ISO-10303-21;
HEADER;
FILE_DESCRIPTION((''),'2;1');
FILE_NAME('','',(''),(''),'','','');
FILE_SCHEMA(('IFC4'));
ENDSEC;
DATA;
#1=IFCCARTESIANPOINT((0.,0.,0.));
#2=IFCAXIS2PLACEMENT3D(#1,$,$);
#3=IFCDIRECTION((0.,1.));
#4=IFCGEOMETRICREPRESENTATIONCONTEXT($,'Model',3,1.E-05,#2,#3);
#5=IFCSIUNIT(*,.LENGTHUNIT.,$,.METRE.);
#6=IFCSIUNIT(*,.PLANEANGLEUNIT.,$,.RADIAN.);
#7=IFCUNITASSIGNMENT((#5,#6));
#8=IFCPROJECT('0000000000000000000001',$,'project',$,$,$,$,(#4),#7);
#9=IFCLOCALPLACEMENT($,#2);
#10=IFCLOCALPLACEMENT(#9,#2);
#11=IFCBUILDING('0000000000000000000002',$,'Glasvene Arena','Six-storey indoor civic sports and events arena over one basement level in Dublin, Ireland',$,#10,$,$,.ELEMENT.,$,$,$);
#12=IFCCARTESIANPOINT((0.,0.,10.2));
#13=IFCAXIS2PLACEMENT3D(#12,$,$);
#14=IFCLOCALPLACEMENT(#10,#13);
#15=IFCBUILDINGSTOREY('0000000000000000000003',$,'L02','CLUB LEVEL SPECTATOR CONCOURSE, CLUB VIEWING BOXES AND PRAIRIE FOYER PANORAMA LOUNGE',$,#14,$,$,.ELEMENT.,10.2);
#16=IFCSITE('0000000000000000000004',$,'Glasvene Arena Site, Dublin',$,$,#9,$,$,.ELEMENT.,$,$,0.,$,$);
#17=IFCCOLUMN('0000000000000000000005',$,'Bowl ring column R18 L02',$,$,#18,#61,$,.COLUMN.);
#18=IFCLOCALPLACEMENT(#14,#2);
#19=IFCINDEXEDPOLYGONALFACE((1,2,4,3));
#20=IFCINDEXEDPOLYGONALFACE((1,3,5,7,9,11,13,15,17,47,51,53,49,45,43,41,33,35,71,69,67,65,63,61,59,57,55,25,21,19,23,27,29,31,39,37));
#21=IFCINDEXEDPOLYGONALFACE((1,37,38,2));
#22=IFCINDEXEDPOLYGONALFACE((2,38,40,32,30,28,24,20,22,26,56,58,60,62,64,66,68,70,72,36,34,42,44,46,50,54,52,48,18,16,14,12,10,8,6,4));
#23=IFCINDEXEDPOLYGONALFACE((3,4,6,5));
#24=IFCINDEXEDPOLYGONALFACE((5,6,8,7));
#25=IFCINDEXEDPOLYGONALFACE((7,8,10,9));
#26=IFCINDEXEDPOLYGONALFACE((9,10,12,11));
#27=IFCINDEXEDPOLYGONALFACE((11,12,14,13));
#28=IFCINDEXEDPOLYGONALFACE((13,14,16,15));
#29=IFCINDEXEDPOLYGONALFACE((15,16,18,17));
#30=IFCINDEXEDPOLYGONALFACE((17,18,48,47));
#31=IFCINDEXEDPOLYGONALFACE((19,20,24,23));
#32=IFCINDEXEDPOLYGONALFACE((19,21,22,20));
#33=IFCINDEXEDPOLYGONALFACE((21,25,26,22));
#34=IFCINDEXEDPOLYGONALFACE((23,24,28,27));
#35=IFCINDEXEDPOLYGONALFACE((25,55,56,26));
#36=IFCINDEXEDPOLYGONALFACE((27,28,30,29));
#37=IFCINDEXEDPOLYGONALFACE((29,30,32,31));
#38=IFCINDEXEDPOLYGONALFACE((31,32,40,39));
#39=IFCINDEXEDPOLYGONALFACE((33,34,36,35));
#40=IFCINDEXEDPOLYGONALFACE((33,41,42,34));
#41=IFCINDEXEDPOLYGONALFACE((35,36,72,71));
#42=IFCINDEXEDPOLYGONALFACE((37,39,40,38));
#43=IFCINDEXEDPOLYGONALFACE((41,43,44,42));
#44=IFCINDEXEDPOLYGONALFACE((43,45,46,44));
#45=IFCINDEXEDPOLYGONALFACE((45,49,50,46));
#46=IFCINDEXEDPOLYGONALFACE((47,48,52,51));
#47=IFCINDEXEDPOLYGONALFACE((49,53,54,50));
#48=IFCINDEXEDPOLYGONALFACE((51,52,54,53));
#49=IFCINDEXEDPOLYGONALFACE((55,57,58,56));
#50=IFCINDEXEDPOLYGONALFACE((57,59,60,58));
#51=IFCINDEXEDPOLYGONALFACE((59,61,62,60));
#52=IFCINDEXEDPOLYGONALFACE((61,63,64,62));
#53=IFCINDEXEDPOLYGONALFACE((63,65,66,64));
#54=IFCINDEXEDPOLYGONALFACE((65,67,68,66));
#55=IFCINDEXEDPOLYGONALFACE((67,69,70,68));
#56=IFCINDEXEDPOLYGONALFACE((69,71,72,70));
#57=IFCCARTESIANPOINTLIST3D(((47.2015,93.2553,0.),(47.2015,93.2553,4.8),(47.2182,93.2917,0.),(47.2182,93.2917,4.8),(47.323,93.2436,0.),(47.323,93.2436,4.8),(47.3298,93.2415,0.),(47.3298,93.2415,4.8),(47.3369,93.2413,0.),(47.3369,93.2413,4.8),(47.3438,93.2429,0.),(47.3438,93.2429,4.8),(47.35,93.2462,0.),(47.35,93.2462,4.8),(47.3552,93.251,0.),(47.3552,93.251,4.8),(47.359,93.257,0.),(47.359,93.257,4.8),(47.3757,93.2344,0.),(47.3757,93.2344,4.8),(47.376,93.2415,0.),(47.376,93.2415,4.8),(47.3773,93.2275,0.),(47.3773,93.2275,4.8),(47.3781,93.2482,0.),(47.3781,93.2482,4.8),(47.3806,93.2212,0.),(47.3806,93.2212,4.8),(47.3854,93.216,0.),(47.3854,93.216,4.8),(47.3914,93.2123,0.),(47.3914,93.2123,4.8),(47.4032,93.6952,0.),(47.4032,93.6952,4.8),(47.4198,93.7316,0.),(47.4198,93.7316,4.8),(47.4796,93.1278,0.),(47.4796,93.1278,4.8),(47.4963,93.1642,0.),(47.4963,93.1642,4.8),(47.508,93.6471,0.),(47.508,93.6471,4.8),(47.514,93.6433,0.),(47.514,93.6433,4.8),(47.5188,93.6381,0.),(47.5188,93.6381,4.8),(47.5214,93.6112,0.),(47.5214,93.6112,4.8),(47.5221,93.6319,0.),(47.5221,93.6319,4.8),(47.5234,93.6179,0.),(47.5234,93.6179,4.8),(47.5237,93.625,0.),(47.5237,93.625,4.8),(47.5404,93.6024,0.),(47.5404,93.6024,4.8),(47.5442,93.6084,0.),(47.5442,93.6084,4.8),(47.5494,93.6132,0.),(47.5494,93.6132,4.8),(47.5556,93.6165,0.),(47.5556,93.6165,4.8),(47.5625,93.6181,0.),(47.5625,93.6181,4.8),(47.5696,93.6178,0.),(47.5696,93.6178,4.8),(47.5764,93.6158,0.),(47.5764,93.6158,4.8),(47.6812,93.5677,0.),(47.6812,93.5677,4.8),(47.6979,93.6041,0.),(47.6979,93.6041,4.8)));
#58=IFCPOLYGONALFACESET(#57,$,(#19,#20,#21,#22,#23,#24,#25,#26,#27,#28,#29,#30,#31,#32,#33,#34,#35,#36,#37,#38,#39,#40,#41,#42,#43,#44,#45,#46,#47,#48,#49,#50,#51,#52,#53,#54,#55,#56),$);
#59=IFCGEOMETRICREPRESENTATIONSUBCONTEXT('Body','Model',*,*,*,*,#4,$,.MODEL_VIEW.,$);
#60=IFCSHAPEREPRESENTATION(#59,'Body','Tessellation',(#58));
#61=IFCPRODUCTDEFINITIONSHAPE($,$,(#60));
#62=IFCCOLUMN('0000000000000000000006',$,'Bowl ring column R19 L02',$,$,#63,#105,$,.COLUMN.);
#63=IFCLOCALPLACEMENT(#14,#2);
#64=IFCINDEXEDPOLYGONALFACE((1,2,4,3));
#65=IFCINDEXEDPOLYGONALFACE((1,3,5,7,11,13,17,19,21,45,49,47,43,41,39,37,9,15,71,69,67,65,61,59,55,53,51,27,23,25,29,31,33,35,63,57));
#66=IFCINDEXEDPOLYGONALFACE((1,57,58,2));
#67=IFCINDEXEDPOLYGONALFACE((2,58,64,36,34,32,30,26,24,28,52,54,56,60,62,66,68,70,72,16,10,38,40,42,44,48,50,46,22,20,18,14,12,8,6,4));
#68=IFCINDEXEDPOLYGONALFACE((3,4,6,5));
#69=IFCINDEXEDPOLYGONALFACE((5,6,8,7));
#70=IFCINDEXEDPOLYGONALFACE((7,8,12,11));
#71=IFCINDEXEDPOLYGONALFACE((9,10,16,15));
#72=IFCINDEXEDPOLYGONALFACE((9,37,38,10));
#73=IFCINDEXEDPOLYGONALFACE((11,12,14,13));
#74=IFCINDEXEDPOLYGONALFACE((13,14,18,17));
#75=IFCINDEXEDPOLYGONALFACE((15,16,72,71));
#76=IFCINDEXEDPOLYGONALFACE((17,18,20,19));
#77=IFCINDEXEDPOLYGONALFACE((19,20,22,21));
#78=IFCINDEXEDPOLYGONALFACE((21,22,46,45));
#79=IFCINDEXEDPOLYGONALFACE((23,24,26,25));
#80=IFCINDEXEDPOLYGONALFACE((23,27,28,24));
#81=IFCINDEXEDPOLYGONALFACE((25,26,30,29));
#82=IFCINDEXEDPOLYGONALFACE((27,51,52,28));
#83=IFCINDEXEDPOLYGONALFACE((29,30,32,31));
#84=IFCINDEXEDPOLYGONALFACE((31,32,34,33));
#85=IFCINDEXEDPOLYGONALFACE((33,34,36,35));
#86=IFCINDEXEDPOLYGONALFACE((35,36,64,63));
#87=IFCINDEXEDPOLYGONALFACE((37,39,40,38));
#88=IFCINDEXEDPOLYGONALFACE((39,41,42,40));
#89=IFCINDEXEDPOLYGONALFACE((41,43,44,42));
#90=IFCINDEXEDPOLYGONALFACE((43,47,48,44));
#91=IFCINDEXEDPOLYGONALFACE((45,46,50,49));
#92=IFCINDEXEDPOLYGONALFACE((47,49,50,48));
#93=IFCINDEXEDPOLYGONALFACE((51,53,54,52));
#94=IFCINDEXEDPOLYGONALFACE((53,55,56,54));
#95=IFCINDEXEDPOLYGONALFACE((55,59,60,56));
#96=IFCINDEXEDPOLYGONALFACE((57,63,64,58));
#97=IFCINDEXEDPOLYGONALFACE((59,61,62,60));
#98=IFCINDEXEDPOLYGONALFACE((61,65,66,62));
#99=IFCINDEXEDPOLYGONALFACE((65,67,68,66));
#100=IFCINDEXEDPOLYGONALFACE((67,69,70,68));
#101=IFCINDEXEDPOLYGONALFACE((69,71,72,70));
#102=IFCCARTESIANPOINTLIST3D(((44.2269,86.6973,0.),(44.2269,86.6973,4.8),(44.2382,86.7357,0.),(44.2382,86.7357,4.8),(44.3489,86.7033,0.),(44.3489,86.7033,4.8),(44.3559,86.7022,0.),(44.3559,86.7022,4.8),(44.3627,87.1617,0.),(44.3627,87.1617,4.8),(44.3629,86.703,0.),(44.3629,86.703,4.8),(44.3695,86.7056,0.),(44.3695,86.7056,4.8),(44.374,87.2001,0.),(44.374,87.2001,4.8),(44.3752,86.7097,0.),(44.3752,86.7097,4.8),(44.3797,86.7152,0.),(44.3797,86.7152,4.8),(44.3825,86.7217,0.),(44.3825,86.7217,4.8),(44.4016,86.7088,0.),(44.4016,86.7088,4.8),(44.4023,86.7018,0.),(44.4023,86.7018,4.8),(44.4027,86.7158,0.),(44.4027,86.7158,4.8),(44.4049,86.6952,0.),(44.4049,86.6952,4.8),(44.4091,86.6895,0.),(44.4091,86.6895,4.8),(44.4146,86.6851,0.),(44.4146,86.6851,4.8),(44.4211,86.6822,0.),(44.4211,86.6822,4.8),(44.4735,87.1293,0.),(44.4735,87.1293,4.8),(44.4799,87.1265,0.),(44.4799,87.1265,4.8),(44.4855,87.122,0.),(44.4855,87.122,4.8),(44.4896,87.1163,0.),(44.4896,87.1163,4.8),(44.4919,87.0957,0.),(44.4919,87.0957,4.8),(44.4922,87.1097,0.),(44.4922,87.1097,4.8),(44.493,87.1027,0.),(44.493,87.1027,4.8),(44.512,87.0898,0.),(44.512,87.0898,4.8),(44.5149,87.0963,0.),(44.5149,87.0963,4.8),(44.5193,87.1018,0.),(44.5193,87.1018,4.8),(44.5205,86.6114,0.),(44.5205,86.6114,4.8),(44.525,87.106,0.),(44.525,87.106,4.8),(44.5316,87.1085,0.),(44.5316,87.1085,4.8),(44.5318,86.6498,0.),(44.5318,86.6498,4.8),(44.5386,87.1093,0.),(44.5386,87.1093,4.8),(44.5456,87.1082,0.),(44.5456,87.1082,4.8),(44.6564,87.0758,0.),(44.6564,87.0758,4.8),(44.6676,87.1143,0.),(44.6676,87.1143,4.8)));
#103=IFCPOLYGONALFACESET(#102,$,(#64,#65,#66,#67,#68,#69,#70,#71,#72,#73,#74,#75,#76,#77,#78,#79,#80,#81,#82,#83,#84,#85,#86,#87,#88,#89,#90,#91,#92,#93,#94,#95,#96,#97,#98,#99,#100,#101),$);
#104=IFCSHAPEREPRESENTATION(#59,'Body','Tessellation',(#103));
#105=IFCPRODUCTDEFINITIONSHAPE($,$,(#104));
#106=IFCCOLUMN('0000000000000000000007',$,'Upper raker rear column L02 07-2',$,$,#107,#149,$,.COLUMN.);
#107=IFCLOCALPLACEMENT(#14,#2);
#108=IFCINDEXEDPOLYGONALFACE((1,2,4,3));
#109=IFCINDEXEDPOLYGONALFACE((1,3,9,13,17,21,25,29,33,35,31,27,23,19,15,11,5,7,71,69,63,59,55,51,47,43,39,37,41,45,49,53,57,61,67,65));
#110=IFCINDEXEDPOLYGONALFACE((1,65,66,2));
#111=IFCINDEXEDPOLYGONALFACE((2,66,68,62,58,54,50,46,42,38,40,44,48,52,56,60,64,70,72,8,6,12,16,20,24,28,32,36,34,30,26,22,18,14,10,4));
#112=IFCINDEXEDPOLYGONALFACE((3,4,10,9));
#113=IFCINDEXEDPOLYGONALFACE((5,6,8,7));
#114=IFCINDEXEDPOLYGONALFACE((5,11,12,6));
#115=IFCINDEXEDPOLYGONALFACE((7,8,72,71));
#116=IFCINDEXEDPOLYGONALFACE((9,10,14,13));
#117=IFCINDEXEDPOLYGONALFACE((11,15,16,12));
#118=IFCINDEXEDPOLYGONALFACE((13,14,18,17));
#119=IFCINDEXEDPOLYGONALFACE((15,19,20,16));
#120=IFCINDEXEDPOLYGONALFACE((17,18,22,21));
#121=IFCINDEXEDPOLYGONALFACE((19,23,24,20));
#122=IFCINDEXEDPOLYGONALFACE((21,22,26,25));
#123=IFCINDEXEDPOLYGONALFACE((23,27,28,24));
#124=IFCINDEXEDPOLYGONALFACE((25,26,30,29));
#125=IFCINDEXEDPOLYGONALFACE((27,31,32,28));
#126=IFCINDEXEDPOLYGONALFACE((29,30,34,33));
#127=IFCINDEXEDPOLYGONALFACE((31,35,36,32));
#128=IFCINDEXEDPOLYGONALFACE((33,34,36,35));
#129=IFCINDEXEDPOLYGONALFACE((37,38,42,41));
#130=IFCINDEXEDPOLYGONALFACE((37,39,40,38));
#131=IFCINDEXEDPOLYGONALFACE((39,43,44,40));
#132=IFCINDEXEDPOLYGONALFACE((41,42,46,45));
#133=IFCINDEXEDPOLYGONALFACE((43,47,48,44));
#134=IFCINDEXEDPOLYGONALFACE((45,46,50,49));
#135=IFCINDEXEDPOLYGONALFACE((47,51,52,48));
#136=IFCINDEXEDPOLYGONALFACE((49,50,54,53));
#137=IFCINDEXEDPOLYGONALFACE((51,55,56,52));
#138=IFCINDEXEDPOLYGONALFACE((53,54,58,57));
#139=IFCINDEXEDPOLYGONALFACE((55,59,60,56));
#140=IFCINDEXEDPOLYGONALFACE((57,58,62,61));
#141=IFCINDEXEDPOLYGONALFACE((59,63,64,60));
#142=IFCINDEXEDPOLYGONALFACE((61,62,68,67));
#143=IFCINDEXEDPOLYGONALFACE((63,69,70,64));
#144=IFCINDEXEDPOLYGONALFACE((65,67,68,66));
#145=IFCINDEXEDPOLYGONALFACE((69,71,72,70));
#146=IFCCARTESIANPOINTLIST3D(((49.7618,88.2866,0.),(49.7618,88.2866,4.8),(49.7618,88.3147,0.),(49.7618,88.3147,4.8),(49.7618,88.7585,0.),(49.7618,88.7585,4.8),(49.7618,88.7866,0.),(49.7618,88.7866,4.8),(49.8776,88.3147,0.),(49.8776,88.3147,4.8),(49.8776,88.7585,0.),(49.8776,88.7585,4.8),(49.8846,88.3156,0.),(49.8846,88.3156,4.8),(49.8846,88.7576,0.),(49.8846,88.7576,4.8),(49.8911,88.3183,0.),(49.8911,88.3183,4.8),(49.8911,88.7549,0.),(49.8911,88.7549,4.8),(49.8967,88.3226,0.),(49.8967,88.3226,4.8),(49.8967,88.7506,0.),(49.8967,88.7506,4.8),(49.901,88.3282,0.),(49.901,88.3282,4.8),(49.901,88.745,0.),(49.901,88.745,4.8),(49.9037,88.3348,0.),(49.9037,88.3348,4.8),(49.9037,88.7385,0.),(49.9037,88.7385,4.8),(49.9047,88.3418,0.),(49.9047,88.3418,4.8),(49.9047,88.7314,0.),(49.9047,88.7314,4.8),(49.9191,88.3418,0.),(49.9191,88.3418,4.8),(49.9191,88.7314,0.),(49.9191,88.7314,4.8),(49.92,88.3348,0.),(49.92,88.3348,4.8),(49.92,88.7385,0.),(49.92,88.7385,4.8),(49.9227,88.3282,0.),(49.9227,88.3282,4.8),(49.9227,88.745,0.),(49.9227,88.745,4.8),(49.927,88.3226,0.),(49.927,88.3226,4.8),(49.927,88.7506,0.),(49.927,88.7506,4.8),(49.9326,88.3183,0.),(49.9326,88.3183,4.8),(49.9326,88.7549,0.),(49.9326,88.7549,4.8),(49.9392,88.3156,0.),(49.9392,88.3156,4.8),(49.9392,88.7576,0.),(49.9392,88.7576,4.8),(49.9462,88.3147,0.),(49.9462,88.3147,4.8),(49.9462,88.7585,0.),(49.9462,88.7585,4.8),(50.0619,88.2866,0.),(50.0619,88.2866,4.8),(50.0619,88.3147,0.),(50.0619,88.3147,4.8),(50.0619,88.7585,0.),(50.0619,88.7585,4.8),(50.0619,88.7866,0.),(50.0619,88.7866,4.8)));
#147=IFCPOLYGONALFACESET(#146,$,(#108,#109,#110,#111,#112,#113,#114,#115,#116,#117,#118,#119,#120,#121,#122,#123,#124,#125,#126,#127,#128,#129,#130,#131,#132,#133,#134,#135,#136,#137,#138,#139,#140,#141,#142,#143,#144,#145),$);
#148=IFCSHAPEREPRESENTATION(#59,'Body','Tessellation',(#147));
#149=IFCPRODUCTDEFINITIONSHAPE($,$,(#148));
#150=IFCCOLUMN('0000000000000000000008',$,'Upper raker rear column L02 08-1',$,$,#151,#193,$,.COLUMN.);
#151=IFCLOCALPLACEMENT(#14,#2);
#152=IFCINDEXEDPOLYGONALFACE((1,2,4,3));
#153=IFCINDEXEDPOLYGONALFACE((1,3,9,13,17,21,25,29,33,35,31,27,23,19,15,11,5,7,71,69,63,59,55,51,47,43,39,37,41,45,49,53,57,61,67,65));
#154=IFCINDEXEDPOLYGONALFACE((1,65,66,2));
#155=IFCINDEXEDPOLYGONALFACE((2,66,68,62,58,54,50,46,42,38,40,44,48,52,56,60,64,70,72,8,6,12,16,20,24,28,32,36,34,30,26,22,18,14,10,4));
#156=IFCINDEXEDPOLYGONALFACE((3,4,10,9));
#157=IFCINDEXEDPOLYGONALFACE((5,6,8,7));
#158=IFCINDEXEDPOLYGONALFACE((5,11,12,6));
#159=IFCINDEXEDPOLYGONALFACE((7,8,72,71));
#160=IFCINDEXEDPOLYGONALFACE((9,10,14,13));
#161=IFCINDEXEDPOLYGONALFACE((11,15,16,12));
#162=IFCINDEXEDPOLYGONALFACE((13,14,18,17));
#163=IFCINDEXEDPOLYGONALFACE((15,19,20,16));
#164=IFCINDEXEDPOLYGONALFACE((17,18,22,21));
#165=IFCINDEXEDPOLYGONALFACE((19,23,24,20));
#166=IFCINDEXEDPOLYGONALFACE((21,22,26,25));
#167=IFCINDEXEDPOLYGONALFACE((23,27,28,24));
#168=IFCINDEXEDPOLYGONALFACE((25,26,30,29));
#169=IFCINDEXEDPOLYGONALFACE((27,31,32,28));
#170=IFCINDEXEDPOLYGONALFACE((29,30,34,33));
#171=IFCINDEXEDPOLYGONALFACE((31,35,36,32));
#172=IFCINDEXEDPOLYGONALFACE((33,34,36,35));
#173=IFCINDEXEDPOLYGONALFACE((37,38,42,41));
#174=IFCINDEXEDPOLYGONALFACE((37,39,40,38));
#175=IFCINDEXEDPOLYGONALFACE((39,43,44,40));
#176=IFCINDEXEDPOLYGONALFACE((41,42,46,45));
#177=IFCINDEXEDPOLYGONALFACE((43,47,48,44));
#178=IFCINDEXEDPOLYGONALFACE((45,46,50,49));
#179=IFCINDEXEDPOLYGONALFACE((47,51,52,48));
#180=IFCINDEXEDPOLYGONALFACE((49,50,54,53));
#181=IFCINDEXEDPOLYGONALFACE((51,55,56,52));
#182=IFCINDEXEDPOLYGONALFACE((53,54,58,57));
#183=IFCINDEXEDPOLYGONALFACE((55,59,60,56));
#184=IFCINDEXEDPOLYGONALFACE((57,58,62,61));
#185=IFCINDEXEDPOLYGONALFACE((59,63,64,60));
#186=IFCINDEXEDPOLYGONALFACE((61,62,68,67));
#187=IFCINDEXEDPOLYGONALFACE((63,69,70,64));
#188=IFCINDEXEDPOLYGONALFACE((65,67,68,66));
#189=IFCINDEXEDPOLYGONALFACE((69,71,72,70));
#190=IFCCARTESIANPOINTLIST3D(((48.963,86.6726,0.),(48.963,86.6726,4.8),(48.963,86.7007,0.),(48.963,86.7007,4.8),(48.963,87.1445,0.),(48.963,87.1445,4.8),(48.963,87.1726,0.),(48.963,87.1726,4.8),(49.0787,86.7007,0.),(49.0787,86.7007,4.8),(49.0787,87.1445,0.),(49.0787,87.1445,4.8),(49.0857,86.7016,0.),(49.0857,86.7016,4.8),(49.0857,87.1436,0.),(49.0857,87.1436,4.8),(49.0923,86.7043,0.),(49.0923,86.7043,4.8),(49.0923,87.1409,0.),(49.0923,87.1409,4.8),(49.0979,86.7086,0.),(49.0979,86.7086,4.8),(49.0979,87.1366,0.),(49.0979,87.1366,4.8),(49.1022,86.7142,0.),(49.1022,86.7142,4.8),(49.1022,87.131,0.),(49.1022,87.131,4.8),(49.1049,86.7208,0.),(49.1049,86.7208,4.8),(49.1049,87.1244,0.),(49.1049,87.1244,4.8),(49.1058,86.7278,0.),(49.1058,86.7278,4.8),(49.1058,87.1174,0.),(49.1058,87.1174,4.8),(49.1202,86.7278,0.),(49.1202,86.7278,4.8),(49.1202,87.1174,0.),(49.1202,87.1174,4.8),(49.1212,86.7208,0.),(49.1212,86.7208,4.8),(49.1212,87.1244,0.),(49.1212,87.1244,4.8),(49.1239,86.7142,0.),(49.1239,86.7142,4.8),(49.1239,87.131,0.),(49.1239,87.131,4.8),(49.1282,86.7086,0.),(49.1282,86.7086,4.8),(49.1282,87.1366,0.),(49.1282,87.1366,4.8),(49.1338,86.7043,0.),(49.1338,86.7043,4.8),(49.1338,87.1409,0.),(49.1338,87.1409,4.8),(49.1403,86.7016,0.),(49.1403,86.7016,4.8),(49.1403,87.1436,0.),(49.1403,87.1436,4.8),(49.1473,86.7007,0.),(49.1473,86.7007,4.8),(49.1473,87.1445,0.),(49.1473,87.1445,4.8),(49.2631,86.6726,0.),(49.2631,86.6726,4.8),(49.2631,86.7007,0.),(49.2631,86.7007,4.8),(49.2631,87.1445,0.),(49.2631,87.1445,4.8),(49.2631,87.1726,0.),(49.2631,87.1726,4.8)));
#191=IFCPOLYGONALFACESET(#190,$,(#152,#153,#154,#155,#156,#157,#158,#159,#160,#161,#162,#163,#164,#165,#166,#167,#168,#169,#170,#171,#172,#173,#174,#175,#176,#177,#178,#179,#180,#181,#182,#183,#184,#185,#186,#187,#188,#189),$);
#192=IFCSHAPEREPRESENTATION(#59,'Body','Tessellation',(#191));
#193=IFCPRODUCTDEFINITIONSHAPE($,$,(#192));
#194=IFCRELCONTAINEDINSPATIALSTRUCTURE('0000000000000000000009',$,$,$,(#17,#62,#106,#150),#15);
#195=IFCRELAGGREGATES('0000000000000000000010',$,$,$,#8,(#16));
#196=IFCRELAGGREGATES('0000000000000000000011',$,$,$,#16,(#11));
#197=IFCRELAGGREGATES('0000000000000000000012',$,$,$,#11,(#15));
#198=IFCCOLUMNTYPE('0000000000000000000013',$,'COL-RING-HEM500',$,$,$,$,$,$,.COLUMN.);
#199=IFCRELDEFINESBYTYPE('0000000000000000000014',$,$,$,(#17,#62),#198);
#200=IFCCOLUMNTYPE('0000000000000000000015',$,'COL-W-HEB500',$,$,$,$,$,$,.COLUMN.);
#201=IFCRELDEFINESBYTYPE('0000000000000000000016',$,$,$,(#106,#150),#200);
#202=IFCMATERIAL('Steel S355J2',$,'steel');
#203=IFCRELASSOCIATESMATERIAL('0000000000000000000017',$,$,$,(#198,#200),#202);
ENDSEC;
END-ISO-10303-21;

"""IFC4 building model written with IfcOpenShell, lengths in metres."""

from ifc_helpers import new_model, si_unit, direction, frame, origin, origin_2d, place, context, subcontext, project, spatial, i_section, extrude, material, material_profile, profile_set, type_object, element, save


model = new_model("IFC4")

# Units and contexts
model_context = context("Model", 3, precision=1e-05, world=origin(), true_north=direction((0.0, 1.0)))
body_context = subcontext(model_context, "Body", "Model", "MODEL_VIEW")
ifc_project = project(units=[si_unit("LENGTHUNIT", "METRE"), si_unit("PLANEANGLEUNIT", "RADIAN")], contexts=[model_context])

# Site, building, storey
site_placement = place(None, origin())
site = spatial("IfcSite", under=ifc_project, at=site_placement, Name="Glasvene Arena Site, Dublin", CompositionType="ELEMENT", RefElevation=0.0)
building_placement = place(site_placement, origin())
building = spatial("IfcBuilding", under=site, at=building_placement, Name="Glasvene Arena", Description="Six-storey indoor civic sports and events arena over one basement level in Dublin, Ireland", CompositionType="ELEMENT")
storey_placement = place(building_placement, frame((0.0, 0.0, 10.2)))
storey = spatial("IfcBuildingStorey", under=building, at=storey_placement, Name="L02", Description="CLUB LEVEL SPECTATOR CONCOURSE, CLUB VIEWING BOXES AND PRAIRIE FOYER PANORAMA LOUNGE", CompositionType="ELEMENT", Elevation=10.2)

# Columns
ifc_material_1 = material(Name="Steel S355J2", Category="steel")
ifc_material_profile_1 = material_profile(ifc_material_1, i_section(OverallWidth=0.3059, OverallDepth=0.5239, WebThickness=0.021, FlangeThickness=0.04, FilletRadius=0.0271, at=origin_2d()), Name="HEM 500")
ifc_profile_set_1 = profile_set([ifc_material_profile_1], Name="Steel S355J2")
column_type_1 = type_object("IfcColumnType", Name="COL-RING-HEM500", PredefinedType="COLUMN", material=ifc_profile_set_1)
for number, where, z_axis, x_axis, name in (
    (1, (47.4497, 93.4297, 0.0), (0.0, 0.0, 1.0), (-0.909018, 0.416757, 0.0), "Bowl ring column R18 L02"),
    (2, (44.4473, 86.9058, 0.0), (0.0, 0.0, 1.0), (-0.959805, 0.280667, 0.0), "Bowl ring column R19 L02"),
):
    element("IfcColumn", number, at=place(storey_placement, frame(where, z_axis=z_axis, x_axis=x_axis)), inside=storey, type_object=column_type_1, Name=name, PredefinedType="COLUMN", context=body_context, shape_type="SweptSolid", body=[
        extrude(i_section(OverallWidth=0.3059, OverallDepth=0.5239, WebThickness=0.021, FlangeThickness=0.04, FilletRadius=0.0271, at=origin_2d()), origin(), (0.0, 0.0, 1.0), 4.8),
    ])
ifc_material_profile_2 = material_profile(ifc_material_1, i_section(OverallWidth=0.3, OverallDepth=0.5, WebThickness=0.0144, FlangeThickness=0.0281, FilletRadius=0.0271, at=origin_2d()), Name="HEB 500")
ifc_profile_set_2 = profile_set([ifc_material_profile_2], Name="Steel S355J2")
column_type_2 = type_object("IfcColumnType", Name="COL-W-HEB500", PredefinedType="COLUMN", material=ifc_profile_set_2)
for number, where, z_axis, x_axis, name in (
    (3, (49.9119, 88.5366, 0.0), (0.0, 0.0, 1.0), (1.0, 0.0, 0.0), "Upper raker rear column L02 07-2"),
    (4, (49.113, 86.9226, 0.0), (0.0, 0.0, 1.0), (1.0, 0.0, 0.0), "Upper raker rear column L02 08-1"),
):
    element("IfcColumn", number, at=place(storey_placement, frame(where, z_axis=z_axis, x_axis=x_axis)), inside=storey, type_object=column_type_2, Name=name, PredefinedType="COLUMN", context=body_context, shape_type="SweptSolid", body=[
        extrude(i_section(OverallWidth=0.3, OverallDepth=0.5, WebThickness=0.0144, FlangeThickness=0.0281, FilletRadius=0.0271, at=origin_2d()), origin(), (0.0, 0.0, 1.0), 4.8),
    ])

save(model, "model.ifc")
